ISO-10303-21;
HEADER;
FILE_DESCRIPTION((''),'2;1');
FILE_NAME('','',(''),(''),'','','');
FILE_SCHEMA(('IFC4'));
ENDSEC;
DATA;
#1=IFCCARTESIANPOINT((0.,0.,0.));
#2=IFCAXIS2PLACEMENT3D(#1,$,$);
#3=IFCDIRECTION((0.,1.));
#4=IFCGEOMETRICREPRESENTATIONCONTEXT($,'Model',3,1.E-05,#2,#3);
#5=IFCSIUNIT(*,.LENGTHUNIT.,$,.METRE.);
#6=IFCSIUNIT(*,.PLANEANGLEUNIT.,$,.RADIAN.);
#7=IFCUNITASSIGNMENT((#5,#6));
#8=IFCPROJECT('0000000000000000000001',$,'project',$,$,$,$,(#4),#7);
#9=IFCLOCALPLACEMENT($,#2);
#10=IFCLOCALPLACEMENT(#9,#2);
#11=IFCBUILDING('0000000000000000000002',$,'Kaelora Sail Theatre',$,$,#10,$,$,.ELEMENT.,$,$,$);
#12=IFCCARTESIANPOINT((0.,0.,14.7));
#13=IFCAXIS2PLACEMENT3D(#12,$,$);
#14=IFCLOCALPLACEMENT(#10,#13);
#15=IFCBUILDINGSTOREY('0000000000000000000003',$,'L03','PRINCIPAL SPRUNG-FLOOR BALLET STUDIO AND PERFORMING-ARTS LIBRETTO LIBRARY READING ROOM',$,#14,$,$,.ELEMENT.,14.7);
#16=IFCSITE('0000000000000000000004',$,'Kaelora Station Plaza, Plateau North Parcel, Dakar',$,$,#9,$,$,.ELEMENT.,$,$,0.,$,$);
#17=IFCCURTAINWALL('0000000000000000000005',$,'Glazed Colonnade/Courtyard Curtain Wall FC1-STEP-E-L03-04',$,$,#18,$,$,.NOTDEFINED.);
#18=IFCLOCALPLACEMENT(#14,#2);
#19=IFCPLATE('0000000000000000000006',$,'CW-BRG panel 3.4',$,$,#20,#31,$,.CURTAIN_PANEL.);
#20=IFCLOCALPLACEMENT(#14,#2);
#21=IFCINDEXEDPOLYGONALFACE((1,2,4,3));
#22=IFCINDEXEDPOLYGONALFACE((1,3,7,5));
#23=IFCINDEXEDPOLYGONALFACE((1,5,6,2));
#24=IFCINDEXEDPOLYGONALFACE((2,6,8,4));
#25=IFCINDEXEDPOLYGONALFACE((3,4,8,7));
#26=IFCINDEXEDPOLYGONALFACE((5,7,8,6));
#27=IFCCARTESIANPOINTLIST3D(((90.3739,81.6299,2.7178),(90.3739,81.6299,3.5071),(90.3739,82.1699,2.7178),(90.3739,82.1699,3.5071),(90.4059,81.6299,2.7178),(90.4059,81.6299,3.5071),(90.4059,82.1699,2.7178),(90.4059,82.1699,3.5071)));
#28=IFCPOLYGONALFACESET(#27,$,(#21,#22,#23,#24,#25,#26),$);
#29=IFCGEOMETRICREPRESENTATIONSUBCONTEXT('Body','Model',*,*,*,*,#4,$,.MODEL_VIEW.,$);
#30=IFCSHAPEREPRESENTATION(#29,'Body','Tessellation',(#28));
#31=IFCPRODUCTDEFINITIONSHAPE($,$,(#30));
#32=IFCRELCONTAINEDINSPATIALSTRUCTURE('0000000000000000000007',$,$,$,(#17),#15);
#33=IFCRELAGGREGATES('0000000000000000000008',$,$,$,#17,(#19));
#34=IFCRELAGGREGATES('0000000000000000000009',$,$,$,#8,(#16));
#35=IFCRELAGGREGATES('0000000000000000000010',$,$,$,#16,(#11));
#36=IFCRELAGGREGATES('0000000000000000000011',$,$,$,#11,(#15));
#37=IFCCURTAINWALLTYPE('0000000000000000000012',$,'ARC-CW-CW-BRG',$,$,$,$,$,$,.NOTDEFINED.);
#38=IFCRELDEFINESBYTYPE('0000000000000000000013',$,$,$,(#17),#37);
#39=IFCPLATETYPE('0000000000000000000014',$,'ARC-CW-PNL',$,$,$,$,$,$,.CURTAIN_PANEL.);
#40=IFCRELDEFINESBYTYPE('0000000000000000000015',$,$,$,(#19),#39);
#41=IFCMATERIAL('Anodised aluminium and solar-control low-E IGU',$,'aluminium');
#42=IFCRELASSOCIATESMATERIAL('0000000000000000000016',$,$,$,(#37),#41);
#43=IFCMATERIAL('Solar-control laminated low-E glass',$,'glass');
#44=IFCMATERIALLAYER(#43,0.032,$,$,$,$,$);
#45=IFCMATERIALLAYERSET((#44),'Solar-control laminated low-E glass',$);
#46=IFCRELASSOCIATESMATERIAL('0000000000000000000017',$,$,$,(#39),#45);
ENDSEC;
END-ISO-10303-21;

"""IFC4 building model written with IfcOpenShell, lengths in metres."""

from ifc_helpers import new_model, si_unit, direction, frame, origin, origin_2d, place, context, subcontext, project, spatial, rectangle, extrude, material, layer, layer_set, type_object, element, aggregate, save


model = new_model("IFC4")

# Units and contexts
model_context = context("Model", 3, precision=1e-05, world=origin(), true_north=direction((0.0, 1.0)))
body_context = subcontext(model_context, "Body", "Model", "MODEL_VIEW")
ifc_project = project(units=[si_unit("LENGTHUNIT", "METRE"), si_unit("PLANEANGLEUNIT", "RADIAN")], contexts=[model_context])

# Site, building, storey
site_placement = place(None, origin())
site = spatial("IfcSite", under=ifc_project, at=site_placement, Name="Kaelora Station Plaza, Plateau North Parcel, Dakar", CompositionType="ELEMENT", RefElevation=0.0)
building_placement = place(site_placement, origin())
building = spatial("IfcBuilding", under=site, at=building_placement, Name="Kaelora Sail Theatre", CompositionType="ELEMENT")
storey_placement = place(building_placement, frame((0.0, 0.0, 14.7)))
storey = spatial("IfcBuildingStorey", under=building, at=storey_placement, Name="L03", Description="PRINCIPAL SPRUNG-FLOOR BALLET STUDIO AND PERFORMING-ARTS LIBRETTO LIBRARY READING ROOM", CompositionType="ELEMENT", Elevation=14.7)

# Curtain wall
ifc_material_1 = material(Name="Anodised aluminium and solar-control low-E IGU", Category="aluminium")
curtain_wall_type = type_object("IfcCurtainWallType", Name="ARC-CW-CW-BRG", PredefinedType="NOTDEFINED", material=ifc_material_1)
curtain_wall_placement = place(storey_placement, origin())
curtain_wall = element("IfcCurtainWall", 1, at=curtain_wall_placement, inside=storey, type_object=curtain_wall_type, Name="Glazed Colonnade/Courtyard Curtain Wall FC1-STEP-E-L03-04", PredefinedType="NOTDEFINED")

# Plate
ifc_material_2 = material(Name="Solar-control laminated low-E glass", Category="glass")
ifc_layer = layer(ifc_material_2, 0.032)
ifc_layer_set = layer_set([ifc_layer], Name="Solar-control laminated low-E glass")
plate_type = type_object("IfcPlateType", Name="ARC-CW-PNL", PredefinedType="CURTAIN_PANEL", material=ifc_layer_set)
plate_1_placement = place(storey_placement, frame((90.3899, 81.8999, 2.7178), z_axis=(0.0, 0.0, 1.0), x_axis=(0.0, 1.0, 0.0)))
plate_1 = element("IfcPlate", 2, at=plate_1_placement, type_object=plate_type, Name="CW-BRG panel 3.4", PredefinedType="CURTAIN_PANEL", context=body_context, shape_type="SweptSolid", body=[
    extrude(rectangle(XDim=0.54, YDim=0.032, at=origin_2d()), origin(), (0.0, 0.0, 1.0), 0.7893),
])
aggregate(curtain_wall, [plate_1])

save(model, "model.ifc")
